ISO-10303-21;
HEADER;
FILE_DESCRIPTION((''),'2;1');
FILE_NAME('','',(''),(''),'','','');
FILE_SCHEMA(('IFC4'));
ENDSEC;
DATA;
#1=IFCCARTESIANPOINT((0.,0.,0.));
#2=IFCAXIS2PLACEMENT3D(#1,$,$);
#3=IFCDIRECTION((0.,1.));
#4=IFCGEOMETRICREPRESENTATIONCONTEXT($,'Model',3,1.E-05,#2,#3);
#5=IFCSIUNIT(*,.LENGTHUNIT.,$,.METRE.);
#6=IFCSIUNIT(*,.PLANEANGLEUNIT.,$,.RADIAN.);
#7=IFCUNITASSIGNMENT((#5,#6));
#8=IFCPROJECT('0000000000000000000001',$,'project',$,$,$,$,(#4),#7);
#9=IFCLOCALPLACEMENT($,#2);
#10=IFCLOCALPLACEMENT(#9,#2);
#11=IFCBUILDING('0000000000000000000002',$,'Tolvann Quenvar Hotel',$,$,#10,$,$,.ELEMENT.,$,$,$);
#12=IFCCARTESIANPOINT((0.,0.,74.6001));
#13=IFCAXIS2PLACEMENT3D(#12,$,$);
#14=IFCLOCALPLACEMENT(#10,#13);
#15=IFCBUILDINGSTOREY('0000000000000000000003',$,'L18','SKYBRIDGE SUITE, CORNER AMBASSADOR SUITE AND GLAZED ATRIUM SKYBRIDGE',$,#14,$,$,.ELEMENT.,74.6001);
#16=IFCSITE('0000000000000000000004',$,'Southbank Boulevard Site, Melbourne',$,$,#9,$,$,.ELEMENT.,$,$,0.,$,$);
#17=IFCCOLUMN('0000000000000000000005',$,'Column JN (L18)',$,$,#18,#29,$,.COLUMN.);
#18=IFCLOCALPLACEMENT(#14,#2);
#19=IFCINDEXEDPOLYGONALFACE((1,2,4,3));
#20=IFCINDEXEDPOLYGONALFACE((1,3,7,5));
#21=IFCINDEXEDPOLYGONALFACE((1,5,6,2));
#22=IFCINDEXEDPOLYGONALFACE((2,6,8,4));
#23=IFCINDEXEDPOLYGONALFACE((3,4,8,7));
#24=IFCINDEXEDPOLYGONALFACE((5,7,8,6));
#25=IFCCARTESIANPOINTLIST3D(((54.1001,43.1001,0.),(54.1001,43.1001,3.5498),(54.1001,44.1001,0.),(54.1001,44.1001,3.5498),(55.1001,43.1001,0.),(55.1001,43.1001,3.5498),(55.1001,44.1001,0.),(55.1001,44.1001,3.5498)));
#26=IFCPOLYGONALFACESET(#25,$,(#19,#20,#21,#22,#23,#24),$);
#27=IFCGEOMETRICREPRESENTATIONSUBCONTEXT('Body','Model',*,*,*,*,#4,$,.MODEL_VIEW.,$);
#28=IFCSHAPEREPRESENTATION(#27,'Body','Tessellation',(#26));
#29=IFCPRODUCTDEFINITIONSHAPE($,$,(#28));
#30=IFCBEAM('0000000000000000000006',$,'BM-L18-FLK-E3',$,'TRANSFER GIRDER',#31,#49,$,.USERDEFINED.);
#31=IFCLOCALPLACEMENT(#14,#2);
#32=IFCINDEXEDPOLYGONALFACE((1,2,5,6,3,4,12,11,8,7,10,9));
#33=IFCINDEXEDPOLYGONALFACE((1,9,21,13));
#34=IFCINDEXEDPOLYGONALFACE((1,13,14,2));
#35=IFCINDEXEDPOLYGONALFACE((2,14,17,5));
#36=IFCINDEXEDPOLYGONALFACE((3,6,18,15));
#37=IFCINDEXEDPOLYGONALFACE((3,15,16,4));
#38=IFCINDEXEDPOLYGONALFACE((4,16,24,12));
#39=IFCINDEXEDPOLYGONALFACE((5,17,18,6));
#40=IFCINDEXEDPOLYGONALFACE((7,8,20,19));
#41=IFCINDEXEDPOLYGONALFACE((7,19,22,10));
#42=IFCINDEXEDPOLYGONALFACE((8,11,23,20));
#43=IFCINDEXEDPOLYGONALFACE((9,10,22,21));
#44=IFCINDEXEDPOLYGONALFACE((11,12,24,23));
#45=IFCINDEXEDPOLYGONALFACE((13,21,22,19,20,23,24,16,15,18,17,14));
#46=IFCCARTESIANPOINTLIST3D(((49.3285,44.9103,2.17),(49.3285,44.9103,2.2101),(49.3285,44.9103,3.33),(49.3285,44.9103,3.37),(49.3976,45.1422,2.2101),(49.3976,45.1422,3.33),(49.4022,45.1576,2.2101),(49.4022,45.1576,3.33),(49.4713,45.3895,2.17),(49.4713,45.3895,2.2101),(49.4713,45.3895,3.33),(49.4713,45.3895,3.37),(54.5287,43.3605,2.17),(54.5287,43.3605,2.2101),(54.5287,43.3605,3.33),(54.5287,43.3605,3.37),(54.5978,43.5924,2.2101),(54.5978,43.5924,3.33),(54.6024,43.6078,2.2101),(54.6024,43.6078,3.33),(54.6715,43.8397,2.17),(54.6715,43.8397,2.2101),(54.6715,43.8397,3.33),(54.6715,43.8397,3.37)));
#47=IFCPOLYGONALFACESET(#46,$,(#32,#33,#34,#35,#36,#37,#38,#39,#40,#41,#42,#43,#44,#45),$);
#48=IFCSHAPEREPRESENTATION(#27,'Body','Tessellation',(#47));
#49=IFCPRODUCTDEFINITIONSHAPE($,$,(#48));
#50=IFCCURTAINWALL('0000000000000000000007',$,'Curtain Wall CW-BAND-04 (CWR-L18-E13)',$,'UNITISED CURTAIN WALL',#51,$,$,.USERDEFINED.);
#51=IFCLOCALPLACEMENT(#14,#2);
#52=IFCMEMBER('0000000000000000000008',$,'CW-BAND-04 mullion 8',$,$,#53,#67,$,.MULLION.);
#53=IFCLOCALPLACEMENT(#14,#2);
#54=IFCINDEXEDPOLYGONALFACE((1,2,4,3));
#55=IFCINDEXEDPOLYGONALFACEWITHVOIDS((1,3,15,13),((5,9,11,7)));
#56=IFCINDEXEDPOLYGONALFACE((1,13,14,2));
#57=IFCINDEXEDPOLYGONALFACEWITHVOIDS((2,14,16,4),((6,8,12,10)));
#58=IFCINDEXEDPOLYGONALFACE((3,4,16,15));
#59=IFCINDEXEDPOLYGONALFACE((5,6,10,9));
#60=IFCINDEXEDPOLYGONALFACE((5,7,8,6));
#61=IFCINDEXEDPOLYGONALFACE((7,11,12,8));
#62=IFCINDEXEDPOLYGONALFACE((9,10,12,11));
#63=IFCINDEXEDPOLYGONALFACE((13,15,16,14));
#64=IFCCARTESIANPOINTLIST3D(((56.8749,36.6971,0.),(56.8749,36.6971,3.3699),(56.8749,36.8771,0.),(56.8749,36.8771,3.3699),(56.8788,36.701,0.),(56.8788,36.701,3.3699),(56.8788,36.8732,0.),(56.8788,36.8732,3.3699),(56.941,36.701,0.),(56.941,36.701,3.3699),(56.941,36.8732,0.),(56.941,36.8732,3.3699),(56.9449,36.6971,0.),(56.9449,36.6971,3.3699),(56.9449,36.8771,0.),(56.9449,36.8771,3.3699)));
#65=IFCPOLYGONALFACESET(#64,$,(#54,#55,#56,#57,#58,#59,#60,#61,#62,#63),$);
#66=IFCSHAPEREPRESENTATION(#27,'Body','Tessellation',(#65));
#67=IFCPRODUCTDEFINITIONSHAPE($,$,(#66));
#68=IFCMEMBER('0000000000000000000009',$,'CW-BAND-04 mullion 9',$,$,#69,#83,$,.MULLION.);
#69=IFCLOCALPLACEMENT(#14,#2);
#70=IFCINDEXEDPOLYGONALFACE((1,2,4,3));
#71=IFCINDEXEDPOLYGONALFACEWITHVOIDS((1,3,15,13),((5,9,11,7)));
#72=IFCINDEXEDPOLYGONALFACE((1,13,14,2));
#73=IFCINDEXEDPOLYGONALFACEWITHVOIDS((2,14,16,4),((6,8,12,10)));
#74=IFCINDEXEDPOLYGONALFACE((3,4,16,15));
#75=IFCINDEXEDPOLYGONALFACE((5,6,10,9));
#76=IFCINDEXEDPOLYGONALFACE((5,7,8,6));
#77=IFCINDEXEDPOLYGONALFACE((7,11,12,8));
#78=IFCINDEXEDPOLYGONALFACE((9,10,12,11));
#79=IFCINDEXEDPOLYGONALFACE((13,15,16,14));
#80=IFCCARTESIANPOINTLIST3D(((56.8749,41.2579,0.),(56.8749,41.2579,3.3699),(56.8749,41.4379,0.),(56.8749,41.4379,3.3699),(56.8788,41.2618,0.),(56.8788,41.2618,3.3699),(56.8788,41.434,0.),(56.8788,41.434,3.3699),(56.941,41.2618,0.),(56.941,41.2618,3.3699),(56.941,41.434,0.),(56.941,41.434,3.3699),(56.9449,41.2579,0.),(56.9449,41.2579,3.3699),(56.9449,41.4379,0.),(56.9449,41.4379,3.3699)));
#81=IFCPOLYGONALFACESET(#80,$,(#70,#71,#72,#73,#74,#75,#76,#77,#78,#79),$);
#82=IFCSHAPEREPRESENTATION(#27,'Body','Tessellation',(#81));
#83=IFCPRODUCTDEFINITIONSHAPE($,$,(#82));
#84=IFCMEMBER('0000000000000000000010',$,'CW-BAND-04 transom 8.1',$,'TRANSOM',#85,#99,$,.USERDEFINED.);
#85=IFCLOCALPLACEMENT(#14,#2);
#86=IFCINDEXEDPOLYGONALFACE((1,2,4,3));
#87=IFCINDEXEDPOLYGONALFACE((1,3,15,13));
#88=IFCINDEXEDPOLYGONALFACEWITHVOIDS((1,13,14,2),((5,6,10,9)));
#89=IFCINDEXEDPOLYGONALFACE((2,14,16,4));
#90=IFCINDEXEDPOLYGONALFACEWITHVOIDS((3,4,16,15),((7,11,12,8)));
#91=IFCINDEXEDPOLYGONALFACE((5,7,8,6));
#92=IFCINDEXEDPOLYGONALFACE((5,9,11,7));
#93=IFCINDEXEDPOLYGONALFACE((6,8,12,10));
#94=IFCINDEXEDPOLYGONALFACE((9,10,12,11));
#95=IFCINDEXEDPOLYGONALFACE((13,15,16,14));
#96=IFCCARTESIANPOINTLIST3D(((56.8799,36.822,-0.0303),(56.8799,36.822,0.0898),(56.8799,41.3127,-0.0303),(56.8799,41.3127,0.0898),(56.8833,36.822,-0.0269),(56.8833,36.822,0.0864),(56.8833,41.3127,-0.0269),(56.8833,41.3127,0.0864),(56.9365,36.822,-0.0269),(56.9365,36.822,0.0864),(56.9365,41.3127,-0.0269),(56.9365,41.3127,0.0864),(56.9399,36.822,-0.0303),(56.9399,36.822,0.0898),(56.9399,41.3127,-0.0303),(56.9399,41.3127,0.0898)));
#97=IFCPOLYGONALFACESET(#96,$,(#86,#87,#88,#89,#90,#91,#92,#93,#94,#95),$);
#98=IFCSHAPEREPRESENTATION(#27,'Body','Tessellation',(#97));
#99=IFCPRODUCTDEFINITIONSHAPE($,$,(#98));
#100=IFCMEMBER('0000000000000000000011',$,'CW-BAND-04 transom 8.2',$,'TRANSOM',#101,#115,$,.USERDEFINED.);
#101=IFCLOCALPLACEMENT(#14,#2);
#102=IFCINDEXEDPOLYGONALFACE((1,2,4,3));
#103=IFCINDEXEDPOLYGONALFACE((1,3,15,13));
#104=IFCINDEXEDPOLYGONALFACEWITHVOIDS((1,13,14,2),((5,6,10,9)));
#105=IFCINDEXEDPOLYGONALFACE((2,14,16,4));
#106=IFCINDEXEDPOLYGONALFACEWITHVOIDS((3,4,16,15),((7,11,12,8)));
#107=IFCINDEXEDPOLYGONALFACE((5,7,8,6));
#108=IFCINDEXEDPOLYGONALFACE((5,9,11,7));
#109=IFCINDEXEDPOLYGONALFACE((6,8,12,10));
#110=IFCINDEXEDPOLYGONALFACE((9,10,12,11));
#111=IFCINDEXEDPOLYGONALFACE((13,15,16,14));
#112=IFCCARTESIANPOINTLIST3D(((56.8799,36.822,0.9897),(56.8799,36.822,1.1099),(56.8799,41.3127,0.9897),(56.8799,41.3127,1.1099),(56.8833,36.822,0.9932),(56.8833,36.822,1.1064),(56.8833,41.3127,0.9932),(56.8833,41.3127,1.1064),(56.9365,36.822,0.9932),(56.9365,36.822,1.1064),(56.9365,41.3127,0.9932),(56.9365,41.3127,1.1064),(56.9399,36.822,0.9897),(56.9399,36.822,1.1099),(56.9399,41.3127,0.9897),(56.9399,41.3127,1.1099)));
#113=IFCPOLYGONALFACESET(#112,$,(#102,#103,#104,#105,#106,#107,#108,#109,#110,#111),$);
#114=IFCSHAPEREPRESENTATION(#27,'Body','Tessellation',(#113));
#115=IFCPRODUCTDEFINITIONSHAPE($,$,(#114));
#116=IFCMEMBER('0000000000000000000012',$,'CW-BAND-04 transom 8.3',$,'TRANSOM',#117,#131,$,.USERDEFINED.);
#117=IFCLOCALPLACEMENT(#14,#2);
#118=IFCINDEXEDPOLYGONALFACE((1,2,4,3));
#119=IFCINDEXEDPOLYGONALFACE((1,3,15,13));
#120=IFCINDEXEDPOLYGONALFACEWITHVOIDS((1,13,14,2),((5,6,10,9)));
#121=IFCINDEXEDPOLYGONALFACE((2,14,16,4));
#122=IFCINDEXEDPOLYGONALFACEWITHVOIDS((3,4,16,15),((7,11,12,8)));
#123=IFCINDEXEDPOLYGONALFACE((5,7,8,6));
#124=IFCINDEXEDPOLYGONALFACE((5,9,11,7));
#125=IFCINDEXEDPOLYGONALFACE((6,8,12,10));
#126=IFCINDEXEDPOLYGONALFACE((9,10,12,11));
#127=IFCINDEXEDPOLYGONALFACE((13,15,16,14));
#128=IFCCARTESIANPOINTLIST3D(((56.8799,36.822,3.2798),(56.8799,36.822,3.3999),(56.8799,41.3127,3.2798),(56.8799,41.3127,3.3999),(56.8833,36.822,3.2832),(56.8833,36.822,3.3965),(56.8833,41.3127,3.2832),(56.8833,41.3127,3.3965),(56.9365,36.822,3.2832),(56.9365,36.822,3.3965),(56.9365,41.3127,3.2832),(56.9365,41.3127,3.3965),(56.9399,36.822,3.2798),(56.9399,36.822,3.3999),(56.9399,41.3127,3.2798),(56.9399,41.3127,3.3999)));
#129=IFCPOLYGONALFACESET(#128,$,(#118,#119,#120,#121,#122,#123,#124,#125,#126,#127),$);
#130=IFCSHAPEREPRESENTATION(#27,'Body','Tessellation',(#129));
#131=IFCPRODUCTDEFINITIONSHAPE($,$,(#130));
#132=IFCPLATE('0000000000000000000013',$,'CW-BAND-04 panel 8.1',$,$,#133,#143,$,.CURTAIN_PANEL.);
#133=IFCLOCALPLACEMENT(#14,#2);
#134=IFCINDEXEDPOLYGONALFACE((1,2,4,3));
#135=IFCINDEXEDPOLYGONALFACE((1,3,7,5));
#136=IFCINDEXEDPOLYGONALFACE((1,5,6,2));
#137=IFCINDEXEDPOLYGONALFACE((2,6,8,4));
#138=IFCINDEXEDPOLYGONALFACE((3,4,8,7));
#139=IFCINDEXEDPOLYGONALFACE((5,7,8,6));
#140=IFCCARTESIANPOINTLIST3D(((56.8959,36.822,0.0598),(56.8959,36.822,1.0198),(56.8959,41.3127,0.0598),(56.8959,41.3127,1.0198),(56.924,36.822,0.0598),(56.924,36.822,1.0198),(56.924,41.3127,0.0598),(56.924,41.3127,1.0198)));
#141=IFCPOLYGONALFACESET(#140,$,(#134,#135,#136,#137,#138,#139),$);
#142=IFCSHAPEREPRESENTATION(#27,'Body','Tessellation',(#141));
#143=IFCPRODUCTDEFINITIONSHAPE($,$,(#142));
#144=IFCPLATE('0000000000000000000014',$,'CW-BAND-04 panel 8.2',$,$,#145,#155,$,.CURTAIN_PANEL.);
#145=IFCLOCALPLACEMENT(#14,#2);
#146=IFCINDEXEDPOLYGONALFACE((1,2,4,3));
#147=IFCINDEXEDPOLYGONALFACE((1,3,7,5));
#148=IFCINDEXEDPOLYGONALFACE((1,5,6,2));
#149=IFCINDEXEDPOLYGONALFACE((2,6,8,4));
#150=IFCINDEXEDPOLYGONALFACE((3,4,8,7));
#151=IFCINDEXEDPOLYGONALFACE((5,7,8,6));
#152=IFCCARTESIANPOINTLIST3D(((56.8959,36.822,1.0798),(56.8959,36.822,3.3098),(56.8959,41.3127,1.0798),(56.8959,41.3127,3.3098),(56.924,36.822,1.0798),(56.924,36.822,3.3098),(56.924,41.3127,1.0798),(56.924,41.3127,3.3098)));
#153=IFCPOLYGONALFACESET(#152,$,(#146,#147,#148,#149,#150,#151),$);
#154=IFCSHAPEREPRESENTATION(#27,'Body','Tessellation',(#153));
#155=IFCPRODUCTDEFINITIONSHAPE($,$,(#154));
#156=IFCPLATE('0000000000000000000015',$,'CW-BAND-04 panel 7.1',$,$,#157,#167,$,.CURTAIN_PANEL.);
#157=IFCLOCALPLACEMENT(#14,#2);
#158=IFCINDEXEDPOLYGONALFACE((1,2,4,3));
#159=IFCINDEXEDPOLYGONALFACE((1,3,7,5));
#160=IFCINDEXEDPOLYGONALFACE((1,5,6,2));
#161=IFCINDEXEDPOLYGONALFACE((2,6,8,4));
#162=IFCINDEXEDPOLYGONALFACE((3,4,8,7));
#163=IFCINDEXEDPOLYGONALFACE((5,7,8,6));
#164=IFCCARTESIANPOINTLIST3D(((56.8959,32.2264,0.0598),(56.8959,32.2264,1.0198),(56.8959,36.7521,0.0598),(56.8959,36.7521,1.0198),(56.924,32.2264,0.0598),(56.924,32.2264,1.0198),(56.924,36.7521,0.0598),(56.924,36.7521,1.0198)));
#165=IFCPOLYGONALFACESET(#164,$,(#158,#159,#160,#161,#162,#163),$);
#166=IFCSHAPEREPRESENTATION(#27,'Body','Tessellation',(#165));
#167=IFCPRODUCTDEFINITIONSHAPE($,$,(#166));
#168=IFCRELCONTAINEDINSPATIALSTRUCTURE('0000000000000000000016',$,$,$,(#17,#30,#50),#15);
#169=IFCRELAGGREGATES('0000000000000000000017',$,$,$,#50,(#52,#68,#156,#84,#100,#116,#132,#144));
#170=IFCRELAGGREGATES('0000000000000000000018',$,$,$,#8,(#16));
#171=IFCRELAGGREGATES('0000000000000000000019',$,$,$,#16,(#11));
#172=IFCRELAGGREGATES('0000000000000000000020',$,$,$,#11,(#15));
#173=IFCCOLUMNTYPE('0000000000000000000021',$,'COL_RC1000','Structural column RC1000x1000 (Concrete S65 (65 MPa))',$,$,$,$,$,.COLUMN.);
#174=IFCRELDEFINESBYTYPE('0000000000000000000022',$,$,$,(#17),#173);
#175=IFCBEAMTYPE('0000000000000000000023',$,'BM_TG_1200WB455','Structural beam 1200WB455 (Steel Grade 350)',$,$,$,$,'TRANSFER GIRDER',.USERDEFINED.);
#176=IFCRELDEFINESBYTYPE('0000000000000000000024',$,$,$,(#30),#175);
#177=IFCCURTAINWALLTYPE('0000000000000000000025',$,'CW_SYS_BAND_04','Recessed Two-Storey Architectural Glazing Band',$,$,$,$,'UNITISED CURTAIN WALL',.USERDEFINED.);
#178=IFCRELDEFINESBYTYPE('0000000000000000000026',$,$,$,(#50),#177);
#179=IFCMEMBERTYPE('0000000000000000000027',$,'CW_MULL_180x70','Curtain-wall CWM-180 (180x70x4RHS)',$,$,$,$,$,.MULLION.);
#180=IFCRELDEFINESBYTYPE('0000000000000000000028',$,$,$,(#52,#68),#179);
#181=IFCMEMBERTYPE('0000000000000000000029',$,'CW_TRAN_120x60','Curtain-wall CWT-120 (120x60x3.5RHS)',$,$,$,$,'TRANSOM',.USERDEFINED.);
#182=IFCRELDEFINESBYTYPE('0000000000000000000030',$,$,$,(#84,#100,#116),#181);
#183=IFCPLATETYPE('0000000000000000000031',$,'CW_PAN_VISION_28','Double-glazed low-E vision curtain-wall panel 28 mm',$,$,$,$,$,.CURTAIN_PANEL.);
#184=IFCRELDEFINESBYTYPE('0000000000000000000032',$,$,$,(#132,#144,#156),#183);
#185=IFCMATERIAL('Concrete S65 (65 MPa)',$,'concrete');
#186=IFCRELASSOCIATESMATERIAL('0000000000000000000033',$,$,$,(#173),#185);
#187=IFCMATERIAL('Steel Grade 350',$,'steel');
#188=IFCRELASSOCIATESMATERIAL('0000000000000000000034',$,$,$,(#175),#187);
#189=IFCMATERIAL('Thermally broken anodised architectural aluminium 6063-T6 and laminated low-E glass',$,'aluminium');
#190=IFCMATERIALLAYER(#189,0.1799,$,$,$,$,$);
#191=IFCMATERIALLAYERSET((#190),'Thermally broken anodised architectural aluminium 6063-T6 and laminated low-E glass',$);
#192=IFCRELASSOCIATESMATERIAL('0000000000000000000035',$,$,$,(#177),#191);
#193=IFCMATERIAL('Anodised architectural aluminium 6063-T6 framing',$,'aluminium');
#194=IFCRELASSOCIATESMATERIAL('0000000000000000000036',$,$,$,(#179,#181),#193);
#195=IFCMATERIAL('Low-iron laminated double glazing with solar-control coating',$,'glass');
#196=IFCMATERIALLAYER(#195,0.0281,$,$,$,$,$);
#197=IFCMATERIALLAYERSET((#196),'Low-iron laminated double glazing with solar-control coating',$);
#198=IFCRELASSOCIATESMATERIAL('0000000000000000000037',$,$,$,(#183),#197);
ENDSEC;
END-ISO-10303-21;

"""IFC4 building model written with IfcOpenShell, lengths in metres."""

from ifc_helpers import new_model, si_unit, direction, frame, origin, origin_2d, place, context, subcontext, project, spatial, rectangle, hollow_rectangle, i_section, extrude, source, transform, mapped, material, layer, layer_set, material_profile, profile_set, type_object, type_shapes, element, aggregate, save


model = new_model("IFC4")

# Units and contexts
model_context = context("Model", 3, precision=1e-05, world=origin(), true_north=direction((0.0, 1.0)))
body_context = subcontext(model_context, "Body", "Model", "MODEL_VIEW")
ifc_project = project(units=[si_unit("LENGTHUNIT", "METRE"), si_unit("PLANEANGLEUNIT", "RADIAN")], contexts=[model_context])

# Site, building, storey
site_placement = place(None, origin())
site = spatial("IfcSite", under=ifc_project, at=site_placement, Name="Southbank Boulevard Site, Melbourne", CompositionType="ELEMENT", RefElevation=0.0)
building_placement = place(site_placement, origin())
building = spatial("IfcBuilding", under=site, at=building_placement, Name="Tolvann Quenvar Hotel", CompositionType="ELEMENT")
storey_placement = place(building_placement, frame((0.0, 0.0, 74.6001)))
storey = spatial("IfcBuildingStorey", under=building, at=storey_placement, Name="L18", Description="SKYBRIDGE SUITE, CORNER AMBASSADOR SUITE AND GLAZED ATRIUM SKYBRIDGE", CompositionType="ELEMENT", Elevation=74.6001)

# Column
ifc_material_1 = material(Name="Concrete S65 (65 MPa)", Category="concrete")
ifc_material_profile_1 = material_profile(ifc_material_1, rectangle(XDim=1.0, YDim=1.0, at=origin_2d()), Name="RC1000x1000")
ifc_profile_set_1 = profile_set([ifc_material_profile_1], Name="Concrete S65 (65 MPa)")
column_type = type_object("IfcColumnType", Name="COL_RC1000", Description="Structural column RC1000x1000 (Concrete S65 (65 MPa))", PredefinedType="COLUMN", material=ifc_profile_set_1)
shared_shape_1 = source(origin(), body_context, "Body", "SweptSolid", [
    extrude(rectangle(XDim=1.0, YDim=1.0, at=origin_2d()), origin(), (0.0, 0.0, 1.0), 3.5498),
])
type_shapes(column_type, [shared_shape_1])
column_placement = place(storey_placement, frame((54.6001, 43.6001, 0.0), z_axis=(0.0, 0.0, 1.0), x_axis=(1.0, 0.0, 0.0)))
element("IfcColumn", 1, at=column_placement, inside=storey, type_object=column_type, Name="Column JN (L18)", PredefinedType="COLUMN", context=body_context, shape_type="MappedRepresentation", body=[
    mapped(shared_shape_1, transform((0.0, 0.0, 0.0), x_axis=(1.0, 0.0, 0.0), y_axis=(0.0, 1.0, 0.0), z_axis=(0.0, 0.0, 1.0), scale=1.0)),
])

# Beam
ifc_material_2 = material(Name="Steel Grade 350", Category="steel")
ifc_material_profile_2 = material_profile(ifc_material_2, i_section(OverallWidth=0.5, OverallDepth=1.2, WebThickness=0.0161, FlangeThickness=0.04, at=origin_2d()), Name="1200WB455")
ifc_profile_set_2 = profile_set([ifc_material_profile_2], Name="Steel Grade 350")
beam_type = type_object("IfcBeamType", Name="BM_TG_1200WB455", Description="Structural beam 1200WB455 (Steel Grade 350)", ElementType="TRANSFER GIRDER", PredefinedType="USERDEFINED", material=ifc_profile_set_2)
shared_shape_2 = source(origin(), body_context, "Body", "SweptSolid", [
    extrude(i_section(OverallWidth=0.5, OverallDepth=1.2, WebThickness=0.0161, FlangeThickness=0.04, at=origin_2d()), origin(), (0.0, 0.0, 1.0), 5.4263),
])
type_shapes(beam_type, [shared_shape_2])
beam_placement = place(storey_placement, frame((54.6001, 43.6001, 2.77), z_axis=(-0.958345, 0.285614, 0.0), x_axis=(-0.285614, -0.958345, 0.0)))
element("IfcBeam", 2, at=beam_placement, inside=storey, type_object=beam_type, Name="BM-L18-FLK-E3", ObjectType="TRANSFER GIRDER", PredefinedType="USERDEFINED", context=body_context, shape_type="MappedRepresentation", body=[
    mapped(shared_shape_2, transform((0.0, 0.0, 0.0), x_axis=(1.0, 0.0, 0.0), y_axis=(0.0, 1.0, 0.0), z_axis=(0.0, 0.0, 1.0), scale=1.0)),
])

# Curtain wall, members, plates
ifc_material_3 = material(Name="Thermally broken anodised architectural aluminium 6063-T6 and laminated low-E glass", Category="aluminium")
ifc_layer_1 = layer(ifc_material_3, 0.1799)
ifc_layer_set_1 = layer_set([ifc_layer_1], Name="Thermally broken anodised architectural aluminium 6063-T6 and laminated low-E glass")
curtain_wall_type = type_object("IfcCurtainWallType", Name="CW_SYS_BAND_04", Description="Recessed Two-Storey Architectural Glazing Band", ElementType="UNITISED CURTAIN WALL", PredefinedType="USERDEFINED", material=ifc_layer_set_1)
curtain_wall_placement = place(storey_placement, origin())
curtain_wall = element("IfcCurtainWall", 3, at=curtain_wall_placement, inside=storey, type_object=curtain_wall_type, Name="Curtain Wall CW-BAND-04 (CWR-L18-E13)", ObjectType="UNITISED CURTAIN WALL", PredefinedType="USERDEFINED")
ifc_material_4 = material(Name="Anodised architectural aluminium 6063-T6 framing", Category="aluminium")
ifc_material_profile_3 = material_profile(ifc_material_4, hollow_rectangle(XDim=0.0701, YDim=0.1799, WallThickness=0.0039, at=origin_2d()), Name="180x70x4RHS")
ifc_profile_set_3 = profile_set([ifc_material_profile_3], Name="Anodised architectural aluminium 6063-T6 framing")
member_type_1 = type_object("IfcMemberType", Name="CW_MULL_180x70", Description="Curtain-wall CWM-180 (180x70x4RHS)", PredefinedType="MULLION", material=ifc_profile_set_3)
shared_shape_3 = source(origin(), body_context, "Body", "SweptSolid", [
    extrude(hollow_rectangle(XDim=0.0701, YDim=0.1799, WallThickness=0.0039, at=origin_2d()), origin(), (0.0, 0.0, 1.0), 3.3699),
])
type_shapes(member_type_1, [shared_shape_3])
member_1_placement = place(storey_placement, frame((56.9099, 36.7871, 0.0), z_axis=(0.0, 0.0, 1.0), x_axis=(-1.0, 0.0, 0.0)))
member_1 = element("IfcMember", 4, at=member_1_placement, type_object=member_type_1, Name="CW-BAND-04 mullion 8", PredefinedType="MULLION", context=body_context, shape_type="MappedRepresentation", body=[
    mapped(shared_shape_3, transform((0.0, 0.0, 0.0), x_axis=(1.0, 0.0, 0.0), y_axis=(0.0, 1.0, 0.0), z_axis=(0.0, 0.0, 1.0), scale=1.0)),
])
member_2_placement = place(storey_placement, frame((56.9099, 41.3479, 0.0), z_axis=(0.0, 0.0, 1.0), x_axis=(-1.0, 0.0, 0.0)))
member_2 = element("IfcMember", 5, at=member_2_placement, type_object=member_type_1, Name="CW-BAND-04 mullion 9", PredefinedType="MULLION", context=body_context, shape_type="MappedRepresentation", body=[
    mapped(shared_shape_3, transform((0.0, 0.0, 0.0), x_axis=(1.0, 0.0, 0.0), y_axis=(0.0, 1.0, 0.0), z_axis=(0.0, 0.0, 1.0), scale=1.0)),
])
ifc_material_profile_4 = material_profile(ifc_material_4, hollow_rectangle(XDim=0.0601, YDim=0.1201, WallThickness=0.0034, at=origin_2d()), Name="120x60x3.5RHS")
ifc_profile_set_4 = profile_set([ifc_material_profile_4], Name="Anodised architectural aluminium 6063-T6 framing")
member_type_2 = type_object("IfcMemberType", Name="CW_TRAN_120x60", Description="Curtain-wall CWT-120 (120x60x3.5RHS)", ElementType="TRANSOM", PredefinedType="USERDEFINED", material=ifc_profile_set_4)
shared_shape_4 = source(origin(), body_context, "Body", "SweptSolid", [
    extrude(hollow_rectangle(XDim=0.0601, YDim=0.1201, WallThickness=0.0034, at=origin_2d()), origin(), (0.0, 0.0, 1.0), 4.4907),
])
type_shapes(member_type_2, [shared_shape_4])
member_3_placement = place(storey_placement, frame((56.9099, 36.822, 0.0298), z_axis=(0.0, 1.0, 0.0), x_axis=(-1.0, 0.0, 0.0)))
member_3 = element("IfcMember", 6, at=member_3_placement, type_object=member_type_2, Name="CW-BAND-04 transom 8.1", ObjectType="TRANSOM", PredefinedType="USERDEFINED", context=body_context, shape_type="MappedRepresentation", body=[
    mapped(shared_shape_4, transform((0.0, 0.0, 0.0), x_axis=(1.0, 0.0, 0.0), y_axis=(0.0, 1.0, 0.0), z_axis=(0.0, 0.0, 1.0), scale=1.0)),
])
member_4_placement = place(storey_placement, frame((56.9099, 36.822, 1.0498), z_axis=(0.0, 1.0, 0.0), x_axis=(-1.0, 0.0, 0.0)))
member_4 = element("IfcMember", 7, at=member_4_placement, type_object=member_type_2, Name="CW-BAND-04 transom 8.2", ObjectType="TRANSOM", PredefinedType="USERDEFINED", context=body_context, shape_type="MappedRepresentation", body=[
    mapped(shared_shape_4, transform((0.0, 0.0, 0.0), x_axis=(1.0, 0.0, 0.0), y_axis=(0.0, 1.0, 0.0), z_axis=(0.0, 0.0, 1.0), scale=1.0)),
])
member_5_placement = place(storey_placement, frame((56.9099, 36.822, 3.3398), z_axis=(0.0, 1.0, 0.0), x_axis=(-1.0, 0.0, 0.0)))
member_5 = element("IfcMember", 8, at=member_5_placement, type_object=member_type_2, Name="CW-BAND-04 transom 8.3", ObjectType="TRANSOM", PredefinedType="USERDEFINED", context=body_context, shape_type="MappedRepresentation", body=[
    mapped(shared_shape_4, transform((0.0, 0.0, 0.0), x_axis=(1.0, 0.0, 0.0), y_axis=(0.0, 1.0, 0.0), z_axis=(0.0, 0.0, 1.0), scale=1.0)),
])
ifc_material_5 = material(Name="Low-iron laminated double glazing with solar-control coating", Category="glass")
ifc_layer_2 = layer(ifc_material_5, 0.0281)
ifc_layer_set_2 = layer_set([ifc_layer_2], Name="Low-iron laminated double glazing with solar-control coating")
plate_type = type_object("IfcPlateType", Name="CW_PAN_VISION_28", Description="Double-glazed low-E vision curtain-wall panel 28 mm", PredefinedType="CURTAIN_PANEL", material=ifc_layer_set_2)
shared_shape_5 = source(origin(), body_context, "Body", "SweptSolid", [
    extrude(rectangle(XDim=4.4907, YDim=0.0281, at=origin_2d()), origin(), (0.0, 0.0, 1.0), 0.96),
])
plate_1_placement = place(storey_placement, frame((56.9099, 39.0674, 0.0598), z_axis=(0.0, 0.0, 1.0), x_axis=(0.0, 1.0, 0.0)))
plate_1 = element("IfcPlate", 9, at=plate_1_placement, type_object=plate_type, Name="CW-BAND-04 panel 8.1", PredefinedType="CURTAIN_PANEL", context=body_context, shape_type="MappedRepresentation", body=[
    mapped(shared_shape_5, transform((0.0, 0.0, 0.0), x_axis=(1.0, 0.0, 0.0), y_axis=(0.0, 1.0, 0.0), z_axis=(0.0, 0.0, 1.0), scale=1.0)),
])
shared_shape_6 = source(origin(), body_context, "Body", "SweptSolid", [
    extrude(rectangle(XDim=4.4907, YDim=0.0281, at=origin_2d()), origin(), (0.0, 0.0, 1.0), 2.23),
])
plate_2_placement = place(storey_placement, frame((56.9099, 39.0674, 1.0798), z_axis=(0.0, 0.0, 1.0), x_axis=(0.0, 1.0, 0.0)))
plate_2 = element("IfcPlate", 10, at=plate_2_placement, type_object=plate_type, Name="CW-BAND-04 panel 8.2", PredefinedType="CURTAIN_PANEL", context=body_context, shape_type="MappedRepresentation", body=[
    mapped(shared_shape_6, transform((0.0, 0.0, 0.0), x_axis=(1.0, 0.0, 0.0), y_axis=(0.0, 1.0, 0.0), z_axis=(0.0, 0.0, 1.0), scale=1.0)),
])
shared_shape_7 = source(origin(), body_context, "Body", "SweptSolid", [
    extrude(rectangle(XDim=4.5256, YDim=0.0281, at=origin_2d()), origin(), (0.0, 0.0, 1.0), 0.96),
])
plate_3_placement = place(storey_placement, frame((56.9099, 34.4893, 0.0598), z_axis=(0.0, 0.0, 1.0), x_axis=(0.0, 1.0, 0.0)))
plate_3 = element("IfcPlate", 11, at=plate_3_placement, type_object=plate_type, Name="CW-BAND-04 panel 7.1", PredefinedType="CURTAIN_PANEL", context=body_context, shape_type="MappedRepresentation", body=[
    mapped(shared_shape_7, transform((0.0, 0.0, 0.0), x_axis=(1.0, 0.0, 0.0), y_axis=(0.0, 1.0, 0.0), z_axis=(0.0, 0.0, 1.0), scale=1.0)),
])
aggregate(curtain_wall, [member_1, member_2, plate_3, member_3, member_4, member_5, plate_1, plate_2])

save(model, "model.ifc")
